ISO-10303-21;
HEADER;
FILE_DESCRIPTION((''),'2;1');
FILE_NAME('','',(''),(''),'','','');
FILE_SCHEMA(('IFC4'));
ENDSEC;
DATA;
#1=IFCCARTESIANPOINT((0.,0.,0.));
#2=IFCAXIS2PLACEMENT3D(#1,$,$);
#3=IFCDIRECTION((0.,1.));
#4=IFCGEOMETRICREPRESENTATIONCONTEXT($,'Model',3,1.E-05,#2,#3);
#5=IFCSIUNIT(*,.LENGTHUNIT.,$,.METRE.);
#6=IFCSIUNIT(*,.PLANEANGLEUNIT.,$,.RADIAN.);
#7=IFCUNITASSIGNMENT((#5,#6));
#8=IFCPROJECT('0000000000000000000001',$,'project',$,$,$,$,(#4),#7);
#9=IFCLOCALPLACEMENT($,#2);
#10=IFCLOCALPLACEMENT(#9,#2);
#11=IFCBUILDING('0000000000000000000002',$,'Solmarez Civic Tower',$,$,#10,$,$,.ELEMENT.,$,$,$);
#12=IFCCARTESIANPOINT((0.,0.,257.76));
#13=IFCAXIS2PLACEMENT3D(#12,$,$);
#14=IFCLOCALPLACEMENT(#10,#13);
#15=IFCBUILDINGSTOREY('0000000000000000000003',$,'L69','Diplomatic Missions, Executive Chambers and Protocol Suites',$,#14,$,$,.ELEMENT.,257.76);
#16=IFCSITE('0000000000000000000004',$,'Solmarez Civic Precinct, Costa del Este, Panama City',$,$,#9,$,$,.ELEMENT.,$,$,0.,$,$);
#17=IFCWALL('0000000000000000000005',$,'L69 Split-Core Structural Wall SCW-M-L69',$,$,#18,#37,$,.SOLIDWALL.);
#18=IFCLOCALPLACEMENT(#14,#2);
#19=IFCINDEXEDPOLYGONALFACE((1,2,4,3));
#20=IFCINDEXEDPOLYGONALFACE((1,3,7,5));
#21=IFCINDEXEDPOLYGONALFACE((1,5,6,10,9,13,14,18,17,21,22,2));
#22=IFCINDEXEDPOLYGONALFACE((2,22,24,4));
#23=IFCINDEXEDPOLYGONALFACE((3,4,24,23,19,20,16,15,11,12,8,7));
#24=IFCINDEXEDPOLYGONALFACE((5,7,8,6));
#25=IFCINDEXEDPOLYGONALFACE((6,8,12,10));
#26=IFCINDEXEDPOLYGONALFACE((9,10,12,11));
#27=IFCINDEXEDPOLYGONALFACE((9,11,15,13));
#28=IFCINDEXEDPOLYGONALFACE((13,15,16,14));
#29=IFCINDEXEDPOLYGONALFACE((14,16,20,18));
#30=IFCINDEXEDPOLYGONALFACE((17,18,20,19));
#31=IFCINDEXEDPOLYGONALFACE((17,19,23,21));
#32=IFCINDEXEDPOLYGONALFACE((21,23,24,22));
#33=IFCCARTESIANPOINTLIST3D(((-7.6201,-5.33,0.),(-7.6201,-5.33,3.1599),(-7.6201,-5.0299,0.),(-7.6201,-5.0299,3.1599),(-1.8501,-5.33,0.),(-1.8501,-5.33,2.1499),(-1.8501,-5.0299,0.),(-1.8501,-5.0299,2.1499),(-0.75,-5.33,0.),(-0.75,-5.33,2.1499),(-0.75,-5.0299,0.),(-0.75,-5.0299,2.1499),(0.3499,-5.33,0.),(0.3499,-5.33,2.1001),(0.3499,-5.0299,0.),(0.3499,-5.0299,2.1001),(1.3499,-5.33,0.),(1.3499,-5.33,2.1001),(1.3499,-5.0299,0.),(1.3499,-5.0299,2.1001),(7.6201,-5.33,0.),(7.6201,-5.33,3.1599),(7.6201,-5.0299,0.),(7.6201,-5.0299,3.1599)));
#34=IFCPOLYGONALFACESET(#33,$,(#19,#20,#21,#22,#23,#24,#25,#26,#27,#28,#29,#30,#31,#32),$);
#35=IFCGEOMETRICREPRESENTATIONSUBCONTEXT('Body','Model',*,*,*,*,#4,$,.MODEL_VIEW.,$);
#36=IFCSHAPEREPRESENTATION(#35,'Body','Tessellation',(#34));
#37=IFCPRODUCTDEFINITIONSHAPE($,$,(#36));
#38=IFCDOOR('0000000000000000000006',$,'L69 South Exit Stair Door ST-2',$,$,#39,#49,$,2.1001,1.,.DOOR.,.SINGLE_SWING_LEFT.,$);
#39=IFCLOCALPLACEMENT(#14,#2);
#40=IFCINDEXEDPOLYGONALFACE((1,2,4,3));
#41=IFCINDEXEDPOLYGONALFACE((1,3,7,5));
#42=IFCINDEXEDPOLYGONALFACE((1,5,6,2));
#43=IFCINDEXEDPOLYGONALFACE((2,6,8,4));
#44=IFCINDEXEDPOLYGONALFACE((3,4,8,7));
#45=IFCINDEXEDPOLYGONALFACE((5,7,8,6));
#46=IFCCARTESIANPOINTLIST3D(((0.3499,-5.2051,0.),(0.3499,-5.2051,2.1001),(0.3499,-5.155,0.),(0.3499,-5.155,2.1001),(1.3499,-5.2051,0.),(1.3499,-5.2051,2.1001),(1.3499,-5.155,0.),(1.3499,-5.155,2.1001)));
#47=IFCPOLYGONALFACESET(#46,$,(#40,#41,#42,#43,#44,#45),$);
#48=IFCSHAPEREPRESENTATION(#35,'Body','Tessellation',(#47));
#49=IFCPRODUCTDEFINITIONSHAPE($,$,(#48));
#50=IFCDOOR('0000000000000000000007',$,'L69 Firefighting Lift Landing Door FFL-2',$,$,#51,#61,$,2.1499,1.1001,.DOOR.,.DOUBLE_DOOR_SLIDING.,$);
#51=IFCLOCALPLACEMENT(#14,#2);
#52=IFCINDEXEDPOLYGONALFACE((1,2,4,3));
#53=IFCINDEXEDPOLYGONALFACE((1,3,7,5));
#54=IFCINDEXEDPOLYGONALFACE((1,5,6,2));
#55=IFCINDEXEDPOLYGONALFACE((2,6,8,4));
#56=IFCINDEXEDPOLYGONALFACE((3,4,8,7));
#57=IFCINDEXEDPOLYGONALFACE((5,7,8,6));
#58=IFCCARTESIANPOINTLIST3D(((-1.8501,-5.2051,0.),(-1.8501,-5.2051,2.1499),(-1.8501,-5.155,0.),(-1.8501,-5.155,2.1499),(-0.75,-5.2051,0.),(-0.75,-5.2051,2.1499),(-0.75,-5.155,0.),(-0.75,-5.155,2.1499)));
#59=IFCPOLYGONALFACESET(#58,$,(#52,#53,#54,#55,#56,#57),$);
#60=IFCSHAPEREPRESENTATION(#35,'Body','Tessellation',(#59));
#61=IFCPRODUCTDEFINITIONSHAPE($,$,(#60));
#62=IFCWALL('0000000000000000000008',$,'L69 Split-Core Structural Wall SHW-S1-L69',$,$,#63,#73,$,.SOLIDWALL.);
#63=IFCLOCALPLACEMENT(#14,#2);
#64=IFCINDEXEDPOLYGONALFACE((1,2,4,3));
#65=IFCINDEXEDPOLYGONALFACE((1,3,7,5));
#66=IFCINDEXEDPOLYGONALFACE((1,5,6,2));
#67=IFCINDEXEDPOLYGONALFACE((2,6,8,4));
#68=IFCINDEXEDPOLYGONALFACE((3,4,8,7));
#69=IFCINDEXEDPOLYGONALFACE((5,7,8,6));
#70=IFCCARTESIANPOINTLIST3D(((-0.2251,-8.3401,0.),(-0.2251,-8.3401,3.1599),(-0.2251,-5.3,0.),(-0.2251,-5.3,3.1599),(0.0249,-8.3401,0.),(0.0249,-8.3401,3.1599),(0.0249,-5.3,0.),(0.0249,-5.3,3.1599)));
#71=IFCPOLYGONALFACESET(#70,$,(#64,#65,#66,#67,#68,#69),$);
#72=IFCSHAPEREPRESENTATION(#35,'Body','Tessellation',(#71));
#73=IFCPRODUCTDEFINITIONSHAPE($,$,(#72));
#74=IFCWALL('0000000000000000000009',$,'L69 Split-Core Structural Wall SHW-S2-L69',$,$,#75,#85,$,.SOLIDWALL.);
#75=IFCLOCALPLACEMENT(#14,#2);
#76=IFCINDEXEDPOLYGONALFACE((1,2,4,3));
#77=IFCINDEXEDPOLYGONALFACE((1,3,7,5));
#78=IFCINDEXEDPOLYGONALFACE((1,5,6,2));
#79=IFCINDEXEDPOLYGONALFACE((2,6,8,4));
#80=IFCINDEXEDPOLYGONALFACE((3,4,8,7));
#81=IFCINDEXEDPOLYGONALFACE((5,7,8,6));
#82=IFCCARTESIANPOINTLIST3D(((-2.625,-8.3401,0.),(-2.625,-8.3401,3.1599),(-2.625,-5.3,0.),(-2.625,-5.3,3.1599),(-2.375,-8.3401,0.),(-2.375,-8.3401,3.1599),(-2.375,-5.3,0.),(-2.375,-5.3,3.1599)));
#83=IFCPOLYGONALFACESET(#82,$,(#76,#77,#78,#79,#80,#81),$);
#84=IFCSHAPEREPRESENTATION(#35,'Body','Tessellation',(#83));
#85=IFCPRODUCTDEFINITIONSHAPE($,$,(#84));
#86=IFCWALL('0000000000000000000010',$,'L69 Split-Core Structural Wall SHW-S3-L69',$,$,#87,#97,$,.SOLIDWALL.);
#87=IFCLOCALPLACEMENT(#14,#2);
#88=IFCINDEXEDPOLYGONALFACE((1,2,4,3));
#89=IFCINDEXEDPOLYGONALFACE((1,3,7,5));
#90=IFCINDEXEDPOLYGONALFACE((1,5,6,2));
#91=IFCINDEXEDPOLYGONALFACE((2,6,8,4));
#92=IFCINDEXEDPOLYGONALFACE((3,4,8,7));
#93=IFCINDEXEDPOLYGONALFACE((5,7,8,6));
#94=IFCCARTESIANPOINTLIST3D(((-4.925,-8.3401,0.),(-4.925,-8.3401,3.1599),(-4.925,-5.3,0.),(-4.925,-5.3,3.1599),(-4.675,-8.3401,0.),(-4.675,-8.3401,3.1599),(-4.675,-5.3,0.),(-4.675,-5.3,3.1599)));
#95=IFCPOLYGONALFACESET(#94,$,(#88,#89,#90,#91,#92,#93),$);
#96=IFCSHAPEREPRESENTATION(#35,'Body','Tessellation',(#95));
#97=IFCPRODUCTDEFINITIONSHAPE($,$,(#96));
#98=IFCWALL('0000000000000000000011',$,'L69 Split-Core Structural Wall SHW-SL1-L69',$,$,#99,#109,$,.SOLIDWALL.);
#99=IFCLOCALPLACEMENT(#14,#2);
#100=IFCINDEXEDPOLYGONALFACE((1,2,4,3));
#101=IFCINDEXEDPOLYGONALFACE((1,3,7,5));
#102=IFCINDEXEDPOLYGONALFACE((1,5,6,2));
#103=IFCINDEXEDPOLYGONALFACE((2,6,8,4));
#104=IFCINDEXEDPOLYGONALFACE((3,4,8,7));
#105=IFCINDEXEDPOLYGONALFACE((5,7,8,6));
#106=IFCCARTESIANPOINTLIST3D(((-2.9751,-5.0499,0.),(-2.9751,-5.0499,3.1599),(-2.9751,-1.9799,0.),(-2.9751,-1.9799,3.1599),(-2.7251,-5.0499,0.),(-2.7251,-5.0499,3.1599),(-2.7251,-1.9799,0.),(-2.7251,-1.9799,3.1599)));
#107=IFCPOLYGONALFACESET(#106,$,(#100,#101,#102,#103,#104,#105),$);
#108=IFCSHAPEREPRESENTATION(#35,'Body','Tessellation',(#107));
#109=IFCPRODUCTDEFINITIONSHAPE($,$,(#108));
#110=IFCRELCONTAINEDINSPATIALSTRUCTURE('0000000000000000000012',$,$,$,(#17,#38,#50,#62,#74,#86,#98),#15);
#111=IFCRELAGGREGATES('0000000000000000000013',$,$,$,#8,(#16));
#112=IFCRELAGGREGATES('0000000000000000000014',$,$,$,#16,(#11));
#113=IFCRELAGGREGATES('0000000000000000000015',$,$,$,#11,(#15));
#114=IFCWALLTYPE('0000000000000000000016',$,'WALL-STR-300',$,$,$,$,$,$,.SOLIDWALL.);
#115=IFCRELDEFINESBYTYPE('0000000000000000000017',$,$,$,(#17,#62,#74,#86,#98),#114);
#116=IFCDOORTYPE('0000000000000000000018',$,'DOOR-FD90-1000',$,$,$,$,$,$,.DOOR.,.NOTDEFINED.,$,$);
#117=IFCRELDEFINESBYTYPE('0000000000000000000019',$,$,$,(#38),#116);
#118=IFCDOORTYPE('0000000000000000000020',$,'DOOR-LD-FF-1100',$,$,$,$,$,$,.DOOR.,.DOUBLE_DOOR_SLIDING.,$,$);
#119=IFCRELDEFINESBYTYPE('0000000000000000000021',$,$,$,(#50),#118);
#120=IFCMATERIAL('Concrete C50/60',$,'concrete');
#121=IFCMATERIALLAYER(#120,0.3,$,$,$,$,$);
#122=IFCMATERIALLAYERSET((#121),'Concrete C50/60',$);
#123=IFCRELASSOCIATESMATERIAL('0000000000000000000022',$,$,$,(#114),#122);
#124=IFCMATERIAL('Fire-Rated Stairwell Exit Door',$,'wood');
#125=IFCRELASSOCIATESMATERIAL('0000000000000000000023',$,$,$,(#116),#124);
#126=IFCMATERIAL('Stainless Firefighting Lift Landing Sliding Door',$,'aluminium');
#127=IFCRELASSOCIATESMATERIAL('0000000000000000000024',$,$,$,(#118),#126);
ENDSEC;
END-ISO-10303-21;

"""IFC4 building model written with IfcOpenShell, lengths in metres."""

from ifc_helpers import new_model, si_unit, direction, frame, frame_2d, origin, place, context, subcontext, project, spatial, rectangle, extrude, material, layer, layer_set, type_object, element, fill, save


model = new_model("IFC4")

# Units and contexts
model_context = context("Model", 3, precision=1e-05, world=origin(), true_north=direction((0.0, 1.0)))
body_context = subcontext(model_context, "Body", "Model", "MODEL_VIEW")
ifc_project = project(units=[si_unit("LENGTHUNIT", "METRE"), si_unit("PLANEANGLEUNIT", "RADIAN")], contexts=[model_context])

# Site, building, storey
site_placement = place(None, origin())
site = spatial("IfcSite", under=ifc_project, at=site_placement, Name="Solmarez Civic Precinct, Costa del Este, Panama City", CompositionType="ELEMENT", RefElevation=0.0)
building_placement = place(site_placement, origin())
building = spatial("IfcBuilding", under=site, at=building_placement, Name="Solmarez Civic Tower", CompositionType="ELEMENT")
storey_placement = place(building_placement, frame((0.0, 0.0, 257.76)))
storey = spatial("IfcBuildingStorey", under=building, at=storey_placement, Name="L69", Description="Diplomatic Missions, Executive Chambers and Protocol Suites", CompositionType="ELEMENT", Elevation=257.76)

# Shared definitions
ifc_material_1 = material(Name="Concrete C50/60", Category="concrete")

# Wall, openings, doors
ifc_layer_1 = layer(ifc_material_1, 0.3)
ifc_layer_set_1 = layer_set([ifc_layer_1], Name="Concrete C50/60")
wall_type_1 = type_object("IfcWallType", Name="WALL-STR-300", PredefinedType="SOLIDWALL", material=ifc_layer_set_1)
wall_1_placement = place(storey_placement, frame((-7.6201, -5.1799, 0.0), z_axis=(0.0, 0.0, 1.0), x_axis=(1.0, 0.0, 0.0)))
wall_1 = element("IfcWall", 1, at=wall_1_placement, inside=storey, type_object=wall_type_1, Name="L69 Split-Core Structural Wall SCW-M-L69", PredefinedType="SOLIDWALL", context=body_context, shape_type="SweptSolid", body=[
    extrude(rectangle(XDim=15.2402, YDim=0.3, at=frame_2d((7.6201, 0.0))), origin(), (0.0, 0.0, 1.0), 3.1599),
])
opening_1_placement = place(wall_1_placement, frame((5.77, 0.0, 0.0)))
opening_1 = element("IfcOpeningElement", 2, at=opening_1_placement, cuts=wall_1, PredefinedType="OPENING", context=body_context, shape_type="SweptSolid", body=[
    extrude(rectangle(XDim=1.1001, YDim=2.1499, at=frame_2d((0.55, 1.075))), frame((0.0, 0.1599, 0.0), z_axis=(0.0, -1.0, 0.0), x_axis=(1.0, 0.0, 0.0)), (0.0, 0.0, 1.0), 0.3201),
])
opening_2_placement = place(wall_1_placement, frame((7.97, 0.0, 0.0)))
opening_2 = element("IfcOpeningElement", 3, at=opening_2_placement, cuts=wall_1, PredefinedType="OPENING", context=body_context, shape_type="SweptSolid", body=[
    extrude(rectangle(XDim=1.0, YDim=2.1001, at=frame_2d((0.5, 1.05))), frame((0.0, 0.1599, 0.0), z_axis=(0.0, -1.0, 0.0), x_axis=(1.0, 0.0, 0.0)), (0.0, 0.0, 1.0), 0.3201),
])
ifc_material_2 = material(Name="Fire-Rated Stairwell Exit Door", Category="wood")
door_type_1 = type_object("IfcDoorType", Name="DOOR-FD90-1000", OperationType="NOTDEFINED", PredefinedType="DOOR", material=ifc_material_2)
door_1_placement = place(opening_2_placement, origin())
door_1 = element("IfcDoor", 4, at=door_1_placement, inside=storey, type_object=door_type_1, Name="L69 South Exit Stair Door ST-2", OperationType="SINGLE_SWING_LEFT", OverallHeight=2.1001, OverallWidth=1.0, PredefinedType="DOOR", context=body_context, shape_type="SweptSolid", body=[
    extrude(rectangle(XDim=1.0, YDim=2.1001, at=frame_2d((0.5, 1.05))), frame((0.0, 0.0249, 0.0), z_axis=(0.0, -1.0, 0.0), x_axis=(1.0, 0.0, 0.0)), (0.0, 0.0, 1.0), 0.05),
])
fill(opening_2, door_1)
ifc_material_3 = material(Name="Stainless Firefighting Lift Landing Sliding Door", Category="aluminium")
door_type_2 = type_object("IfcDoorType", Name="DOOR-LD-FF-1100", OperationType="DOUBLE_DOOR_SLIDING", PredefinedType="DOOR", material=ifc_material_3)
door_2_placement = place(opening_1_placement, origin())
door_2 = element("IfcDoor", 5, at=door_2_placement, inside=storey, type_object=door_type_2, Name="L69 Firefighting Lift Landing Door FFL-2", OperationType="DOUBLE_DOOR_SLIDING", OverallHeight=2.1499, OverallWidth=1.1001, PredefinedType="DOOR", context=body_context, shape_type="SweptSolid", body=[
    extrude(rectangle(XDim=1.1001, YDim=2.1499, at=frame_2d((0.55, 1.075))), frame((0.0, 0.0249, 0.0), z_axis=(0.0, -1.0, 0.0), x_axis=(1.0, 0.0, 0.0)), (0.0, 0.0, 1.0), 0.05),
])
fill(opening_1, door_2)

# Walls
for number, where, z_axis, x_axis, name in (
    (6, (-0.1001, -8.3401, 0.0), (0.0, 0.0, 1.0), (0.0, 1.0, 0.0), "L69 Split-Core Structural Wall SHW-S1-L69"),
    (7, (-2.5, -8.3401, 0.0), (0.0, 0.0, 1.0), (0.0, 1.0, 0.0), "L69 Split-Core Structural Wall SHW-S2-L69"),
    (8, (-4.8, -8.3401, 0.0), (0.0, 0.0, 1.0), (0.0, 1.0, 0.0), "L69 Split-Core Structural Wall SHW-S3-L69"),
):
    element("IfcWall", number, at=place(storey_placement, frame(where, z_axis=z_axis, x_axis=x_axis)), inside=storey, type_object=wall_type_1, Name=name, PredefinedType="SOLIDWALL", context=body_context, shape_type="SweptSolid", body=[
        extrude(rectangle(XDim=3.04, YDim=0.25, at=frame_2d((1.52, 0.0))), origin(), (0.0, 0.0, 1.0), 3.1599),
    ])
wall_2_placement = place(storey_placement, frame((-2.8501, -5.05, 0.0), z_axis=(0.0, 0.0, 1.0), x_axis=(0.0, 1.0, 0.0)))
element("IfcWall", 9, at=wall_2_placement, inside=storey, type_object=wall_type_1, Name="L69 Split-Core Structural Wall SHW-SL1-L69", PredefinedType="SOLIDWALL", context=body_context, shape_type="SweptSolid", body=[
    extrude(rectangle(XDim=3.0701, YDim=0.25, at=frame_2d((1.5352, 0.0))), origin(), (0.0, 0.0, 1.0), 3.1599),
])

save(model, "model.ifc")
